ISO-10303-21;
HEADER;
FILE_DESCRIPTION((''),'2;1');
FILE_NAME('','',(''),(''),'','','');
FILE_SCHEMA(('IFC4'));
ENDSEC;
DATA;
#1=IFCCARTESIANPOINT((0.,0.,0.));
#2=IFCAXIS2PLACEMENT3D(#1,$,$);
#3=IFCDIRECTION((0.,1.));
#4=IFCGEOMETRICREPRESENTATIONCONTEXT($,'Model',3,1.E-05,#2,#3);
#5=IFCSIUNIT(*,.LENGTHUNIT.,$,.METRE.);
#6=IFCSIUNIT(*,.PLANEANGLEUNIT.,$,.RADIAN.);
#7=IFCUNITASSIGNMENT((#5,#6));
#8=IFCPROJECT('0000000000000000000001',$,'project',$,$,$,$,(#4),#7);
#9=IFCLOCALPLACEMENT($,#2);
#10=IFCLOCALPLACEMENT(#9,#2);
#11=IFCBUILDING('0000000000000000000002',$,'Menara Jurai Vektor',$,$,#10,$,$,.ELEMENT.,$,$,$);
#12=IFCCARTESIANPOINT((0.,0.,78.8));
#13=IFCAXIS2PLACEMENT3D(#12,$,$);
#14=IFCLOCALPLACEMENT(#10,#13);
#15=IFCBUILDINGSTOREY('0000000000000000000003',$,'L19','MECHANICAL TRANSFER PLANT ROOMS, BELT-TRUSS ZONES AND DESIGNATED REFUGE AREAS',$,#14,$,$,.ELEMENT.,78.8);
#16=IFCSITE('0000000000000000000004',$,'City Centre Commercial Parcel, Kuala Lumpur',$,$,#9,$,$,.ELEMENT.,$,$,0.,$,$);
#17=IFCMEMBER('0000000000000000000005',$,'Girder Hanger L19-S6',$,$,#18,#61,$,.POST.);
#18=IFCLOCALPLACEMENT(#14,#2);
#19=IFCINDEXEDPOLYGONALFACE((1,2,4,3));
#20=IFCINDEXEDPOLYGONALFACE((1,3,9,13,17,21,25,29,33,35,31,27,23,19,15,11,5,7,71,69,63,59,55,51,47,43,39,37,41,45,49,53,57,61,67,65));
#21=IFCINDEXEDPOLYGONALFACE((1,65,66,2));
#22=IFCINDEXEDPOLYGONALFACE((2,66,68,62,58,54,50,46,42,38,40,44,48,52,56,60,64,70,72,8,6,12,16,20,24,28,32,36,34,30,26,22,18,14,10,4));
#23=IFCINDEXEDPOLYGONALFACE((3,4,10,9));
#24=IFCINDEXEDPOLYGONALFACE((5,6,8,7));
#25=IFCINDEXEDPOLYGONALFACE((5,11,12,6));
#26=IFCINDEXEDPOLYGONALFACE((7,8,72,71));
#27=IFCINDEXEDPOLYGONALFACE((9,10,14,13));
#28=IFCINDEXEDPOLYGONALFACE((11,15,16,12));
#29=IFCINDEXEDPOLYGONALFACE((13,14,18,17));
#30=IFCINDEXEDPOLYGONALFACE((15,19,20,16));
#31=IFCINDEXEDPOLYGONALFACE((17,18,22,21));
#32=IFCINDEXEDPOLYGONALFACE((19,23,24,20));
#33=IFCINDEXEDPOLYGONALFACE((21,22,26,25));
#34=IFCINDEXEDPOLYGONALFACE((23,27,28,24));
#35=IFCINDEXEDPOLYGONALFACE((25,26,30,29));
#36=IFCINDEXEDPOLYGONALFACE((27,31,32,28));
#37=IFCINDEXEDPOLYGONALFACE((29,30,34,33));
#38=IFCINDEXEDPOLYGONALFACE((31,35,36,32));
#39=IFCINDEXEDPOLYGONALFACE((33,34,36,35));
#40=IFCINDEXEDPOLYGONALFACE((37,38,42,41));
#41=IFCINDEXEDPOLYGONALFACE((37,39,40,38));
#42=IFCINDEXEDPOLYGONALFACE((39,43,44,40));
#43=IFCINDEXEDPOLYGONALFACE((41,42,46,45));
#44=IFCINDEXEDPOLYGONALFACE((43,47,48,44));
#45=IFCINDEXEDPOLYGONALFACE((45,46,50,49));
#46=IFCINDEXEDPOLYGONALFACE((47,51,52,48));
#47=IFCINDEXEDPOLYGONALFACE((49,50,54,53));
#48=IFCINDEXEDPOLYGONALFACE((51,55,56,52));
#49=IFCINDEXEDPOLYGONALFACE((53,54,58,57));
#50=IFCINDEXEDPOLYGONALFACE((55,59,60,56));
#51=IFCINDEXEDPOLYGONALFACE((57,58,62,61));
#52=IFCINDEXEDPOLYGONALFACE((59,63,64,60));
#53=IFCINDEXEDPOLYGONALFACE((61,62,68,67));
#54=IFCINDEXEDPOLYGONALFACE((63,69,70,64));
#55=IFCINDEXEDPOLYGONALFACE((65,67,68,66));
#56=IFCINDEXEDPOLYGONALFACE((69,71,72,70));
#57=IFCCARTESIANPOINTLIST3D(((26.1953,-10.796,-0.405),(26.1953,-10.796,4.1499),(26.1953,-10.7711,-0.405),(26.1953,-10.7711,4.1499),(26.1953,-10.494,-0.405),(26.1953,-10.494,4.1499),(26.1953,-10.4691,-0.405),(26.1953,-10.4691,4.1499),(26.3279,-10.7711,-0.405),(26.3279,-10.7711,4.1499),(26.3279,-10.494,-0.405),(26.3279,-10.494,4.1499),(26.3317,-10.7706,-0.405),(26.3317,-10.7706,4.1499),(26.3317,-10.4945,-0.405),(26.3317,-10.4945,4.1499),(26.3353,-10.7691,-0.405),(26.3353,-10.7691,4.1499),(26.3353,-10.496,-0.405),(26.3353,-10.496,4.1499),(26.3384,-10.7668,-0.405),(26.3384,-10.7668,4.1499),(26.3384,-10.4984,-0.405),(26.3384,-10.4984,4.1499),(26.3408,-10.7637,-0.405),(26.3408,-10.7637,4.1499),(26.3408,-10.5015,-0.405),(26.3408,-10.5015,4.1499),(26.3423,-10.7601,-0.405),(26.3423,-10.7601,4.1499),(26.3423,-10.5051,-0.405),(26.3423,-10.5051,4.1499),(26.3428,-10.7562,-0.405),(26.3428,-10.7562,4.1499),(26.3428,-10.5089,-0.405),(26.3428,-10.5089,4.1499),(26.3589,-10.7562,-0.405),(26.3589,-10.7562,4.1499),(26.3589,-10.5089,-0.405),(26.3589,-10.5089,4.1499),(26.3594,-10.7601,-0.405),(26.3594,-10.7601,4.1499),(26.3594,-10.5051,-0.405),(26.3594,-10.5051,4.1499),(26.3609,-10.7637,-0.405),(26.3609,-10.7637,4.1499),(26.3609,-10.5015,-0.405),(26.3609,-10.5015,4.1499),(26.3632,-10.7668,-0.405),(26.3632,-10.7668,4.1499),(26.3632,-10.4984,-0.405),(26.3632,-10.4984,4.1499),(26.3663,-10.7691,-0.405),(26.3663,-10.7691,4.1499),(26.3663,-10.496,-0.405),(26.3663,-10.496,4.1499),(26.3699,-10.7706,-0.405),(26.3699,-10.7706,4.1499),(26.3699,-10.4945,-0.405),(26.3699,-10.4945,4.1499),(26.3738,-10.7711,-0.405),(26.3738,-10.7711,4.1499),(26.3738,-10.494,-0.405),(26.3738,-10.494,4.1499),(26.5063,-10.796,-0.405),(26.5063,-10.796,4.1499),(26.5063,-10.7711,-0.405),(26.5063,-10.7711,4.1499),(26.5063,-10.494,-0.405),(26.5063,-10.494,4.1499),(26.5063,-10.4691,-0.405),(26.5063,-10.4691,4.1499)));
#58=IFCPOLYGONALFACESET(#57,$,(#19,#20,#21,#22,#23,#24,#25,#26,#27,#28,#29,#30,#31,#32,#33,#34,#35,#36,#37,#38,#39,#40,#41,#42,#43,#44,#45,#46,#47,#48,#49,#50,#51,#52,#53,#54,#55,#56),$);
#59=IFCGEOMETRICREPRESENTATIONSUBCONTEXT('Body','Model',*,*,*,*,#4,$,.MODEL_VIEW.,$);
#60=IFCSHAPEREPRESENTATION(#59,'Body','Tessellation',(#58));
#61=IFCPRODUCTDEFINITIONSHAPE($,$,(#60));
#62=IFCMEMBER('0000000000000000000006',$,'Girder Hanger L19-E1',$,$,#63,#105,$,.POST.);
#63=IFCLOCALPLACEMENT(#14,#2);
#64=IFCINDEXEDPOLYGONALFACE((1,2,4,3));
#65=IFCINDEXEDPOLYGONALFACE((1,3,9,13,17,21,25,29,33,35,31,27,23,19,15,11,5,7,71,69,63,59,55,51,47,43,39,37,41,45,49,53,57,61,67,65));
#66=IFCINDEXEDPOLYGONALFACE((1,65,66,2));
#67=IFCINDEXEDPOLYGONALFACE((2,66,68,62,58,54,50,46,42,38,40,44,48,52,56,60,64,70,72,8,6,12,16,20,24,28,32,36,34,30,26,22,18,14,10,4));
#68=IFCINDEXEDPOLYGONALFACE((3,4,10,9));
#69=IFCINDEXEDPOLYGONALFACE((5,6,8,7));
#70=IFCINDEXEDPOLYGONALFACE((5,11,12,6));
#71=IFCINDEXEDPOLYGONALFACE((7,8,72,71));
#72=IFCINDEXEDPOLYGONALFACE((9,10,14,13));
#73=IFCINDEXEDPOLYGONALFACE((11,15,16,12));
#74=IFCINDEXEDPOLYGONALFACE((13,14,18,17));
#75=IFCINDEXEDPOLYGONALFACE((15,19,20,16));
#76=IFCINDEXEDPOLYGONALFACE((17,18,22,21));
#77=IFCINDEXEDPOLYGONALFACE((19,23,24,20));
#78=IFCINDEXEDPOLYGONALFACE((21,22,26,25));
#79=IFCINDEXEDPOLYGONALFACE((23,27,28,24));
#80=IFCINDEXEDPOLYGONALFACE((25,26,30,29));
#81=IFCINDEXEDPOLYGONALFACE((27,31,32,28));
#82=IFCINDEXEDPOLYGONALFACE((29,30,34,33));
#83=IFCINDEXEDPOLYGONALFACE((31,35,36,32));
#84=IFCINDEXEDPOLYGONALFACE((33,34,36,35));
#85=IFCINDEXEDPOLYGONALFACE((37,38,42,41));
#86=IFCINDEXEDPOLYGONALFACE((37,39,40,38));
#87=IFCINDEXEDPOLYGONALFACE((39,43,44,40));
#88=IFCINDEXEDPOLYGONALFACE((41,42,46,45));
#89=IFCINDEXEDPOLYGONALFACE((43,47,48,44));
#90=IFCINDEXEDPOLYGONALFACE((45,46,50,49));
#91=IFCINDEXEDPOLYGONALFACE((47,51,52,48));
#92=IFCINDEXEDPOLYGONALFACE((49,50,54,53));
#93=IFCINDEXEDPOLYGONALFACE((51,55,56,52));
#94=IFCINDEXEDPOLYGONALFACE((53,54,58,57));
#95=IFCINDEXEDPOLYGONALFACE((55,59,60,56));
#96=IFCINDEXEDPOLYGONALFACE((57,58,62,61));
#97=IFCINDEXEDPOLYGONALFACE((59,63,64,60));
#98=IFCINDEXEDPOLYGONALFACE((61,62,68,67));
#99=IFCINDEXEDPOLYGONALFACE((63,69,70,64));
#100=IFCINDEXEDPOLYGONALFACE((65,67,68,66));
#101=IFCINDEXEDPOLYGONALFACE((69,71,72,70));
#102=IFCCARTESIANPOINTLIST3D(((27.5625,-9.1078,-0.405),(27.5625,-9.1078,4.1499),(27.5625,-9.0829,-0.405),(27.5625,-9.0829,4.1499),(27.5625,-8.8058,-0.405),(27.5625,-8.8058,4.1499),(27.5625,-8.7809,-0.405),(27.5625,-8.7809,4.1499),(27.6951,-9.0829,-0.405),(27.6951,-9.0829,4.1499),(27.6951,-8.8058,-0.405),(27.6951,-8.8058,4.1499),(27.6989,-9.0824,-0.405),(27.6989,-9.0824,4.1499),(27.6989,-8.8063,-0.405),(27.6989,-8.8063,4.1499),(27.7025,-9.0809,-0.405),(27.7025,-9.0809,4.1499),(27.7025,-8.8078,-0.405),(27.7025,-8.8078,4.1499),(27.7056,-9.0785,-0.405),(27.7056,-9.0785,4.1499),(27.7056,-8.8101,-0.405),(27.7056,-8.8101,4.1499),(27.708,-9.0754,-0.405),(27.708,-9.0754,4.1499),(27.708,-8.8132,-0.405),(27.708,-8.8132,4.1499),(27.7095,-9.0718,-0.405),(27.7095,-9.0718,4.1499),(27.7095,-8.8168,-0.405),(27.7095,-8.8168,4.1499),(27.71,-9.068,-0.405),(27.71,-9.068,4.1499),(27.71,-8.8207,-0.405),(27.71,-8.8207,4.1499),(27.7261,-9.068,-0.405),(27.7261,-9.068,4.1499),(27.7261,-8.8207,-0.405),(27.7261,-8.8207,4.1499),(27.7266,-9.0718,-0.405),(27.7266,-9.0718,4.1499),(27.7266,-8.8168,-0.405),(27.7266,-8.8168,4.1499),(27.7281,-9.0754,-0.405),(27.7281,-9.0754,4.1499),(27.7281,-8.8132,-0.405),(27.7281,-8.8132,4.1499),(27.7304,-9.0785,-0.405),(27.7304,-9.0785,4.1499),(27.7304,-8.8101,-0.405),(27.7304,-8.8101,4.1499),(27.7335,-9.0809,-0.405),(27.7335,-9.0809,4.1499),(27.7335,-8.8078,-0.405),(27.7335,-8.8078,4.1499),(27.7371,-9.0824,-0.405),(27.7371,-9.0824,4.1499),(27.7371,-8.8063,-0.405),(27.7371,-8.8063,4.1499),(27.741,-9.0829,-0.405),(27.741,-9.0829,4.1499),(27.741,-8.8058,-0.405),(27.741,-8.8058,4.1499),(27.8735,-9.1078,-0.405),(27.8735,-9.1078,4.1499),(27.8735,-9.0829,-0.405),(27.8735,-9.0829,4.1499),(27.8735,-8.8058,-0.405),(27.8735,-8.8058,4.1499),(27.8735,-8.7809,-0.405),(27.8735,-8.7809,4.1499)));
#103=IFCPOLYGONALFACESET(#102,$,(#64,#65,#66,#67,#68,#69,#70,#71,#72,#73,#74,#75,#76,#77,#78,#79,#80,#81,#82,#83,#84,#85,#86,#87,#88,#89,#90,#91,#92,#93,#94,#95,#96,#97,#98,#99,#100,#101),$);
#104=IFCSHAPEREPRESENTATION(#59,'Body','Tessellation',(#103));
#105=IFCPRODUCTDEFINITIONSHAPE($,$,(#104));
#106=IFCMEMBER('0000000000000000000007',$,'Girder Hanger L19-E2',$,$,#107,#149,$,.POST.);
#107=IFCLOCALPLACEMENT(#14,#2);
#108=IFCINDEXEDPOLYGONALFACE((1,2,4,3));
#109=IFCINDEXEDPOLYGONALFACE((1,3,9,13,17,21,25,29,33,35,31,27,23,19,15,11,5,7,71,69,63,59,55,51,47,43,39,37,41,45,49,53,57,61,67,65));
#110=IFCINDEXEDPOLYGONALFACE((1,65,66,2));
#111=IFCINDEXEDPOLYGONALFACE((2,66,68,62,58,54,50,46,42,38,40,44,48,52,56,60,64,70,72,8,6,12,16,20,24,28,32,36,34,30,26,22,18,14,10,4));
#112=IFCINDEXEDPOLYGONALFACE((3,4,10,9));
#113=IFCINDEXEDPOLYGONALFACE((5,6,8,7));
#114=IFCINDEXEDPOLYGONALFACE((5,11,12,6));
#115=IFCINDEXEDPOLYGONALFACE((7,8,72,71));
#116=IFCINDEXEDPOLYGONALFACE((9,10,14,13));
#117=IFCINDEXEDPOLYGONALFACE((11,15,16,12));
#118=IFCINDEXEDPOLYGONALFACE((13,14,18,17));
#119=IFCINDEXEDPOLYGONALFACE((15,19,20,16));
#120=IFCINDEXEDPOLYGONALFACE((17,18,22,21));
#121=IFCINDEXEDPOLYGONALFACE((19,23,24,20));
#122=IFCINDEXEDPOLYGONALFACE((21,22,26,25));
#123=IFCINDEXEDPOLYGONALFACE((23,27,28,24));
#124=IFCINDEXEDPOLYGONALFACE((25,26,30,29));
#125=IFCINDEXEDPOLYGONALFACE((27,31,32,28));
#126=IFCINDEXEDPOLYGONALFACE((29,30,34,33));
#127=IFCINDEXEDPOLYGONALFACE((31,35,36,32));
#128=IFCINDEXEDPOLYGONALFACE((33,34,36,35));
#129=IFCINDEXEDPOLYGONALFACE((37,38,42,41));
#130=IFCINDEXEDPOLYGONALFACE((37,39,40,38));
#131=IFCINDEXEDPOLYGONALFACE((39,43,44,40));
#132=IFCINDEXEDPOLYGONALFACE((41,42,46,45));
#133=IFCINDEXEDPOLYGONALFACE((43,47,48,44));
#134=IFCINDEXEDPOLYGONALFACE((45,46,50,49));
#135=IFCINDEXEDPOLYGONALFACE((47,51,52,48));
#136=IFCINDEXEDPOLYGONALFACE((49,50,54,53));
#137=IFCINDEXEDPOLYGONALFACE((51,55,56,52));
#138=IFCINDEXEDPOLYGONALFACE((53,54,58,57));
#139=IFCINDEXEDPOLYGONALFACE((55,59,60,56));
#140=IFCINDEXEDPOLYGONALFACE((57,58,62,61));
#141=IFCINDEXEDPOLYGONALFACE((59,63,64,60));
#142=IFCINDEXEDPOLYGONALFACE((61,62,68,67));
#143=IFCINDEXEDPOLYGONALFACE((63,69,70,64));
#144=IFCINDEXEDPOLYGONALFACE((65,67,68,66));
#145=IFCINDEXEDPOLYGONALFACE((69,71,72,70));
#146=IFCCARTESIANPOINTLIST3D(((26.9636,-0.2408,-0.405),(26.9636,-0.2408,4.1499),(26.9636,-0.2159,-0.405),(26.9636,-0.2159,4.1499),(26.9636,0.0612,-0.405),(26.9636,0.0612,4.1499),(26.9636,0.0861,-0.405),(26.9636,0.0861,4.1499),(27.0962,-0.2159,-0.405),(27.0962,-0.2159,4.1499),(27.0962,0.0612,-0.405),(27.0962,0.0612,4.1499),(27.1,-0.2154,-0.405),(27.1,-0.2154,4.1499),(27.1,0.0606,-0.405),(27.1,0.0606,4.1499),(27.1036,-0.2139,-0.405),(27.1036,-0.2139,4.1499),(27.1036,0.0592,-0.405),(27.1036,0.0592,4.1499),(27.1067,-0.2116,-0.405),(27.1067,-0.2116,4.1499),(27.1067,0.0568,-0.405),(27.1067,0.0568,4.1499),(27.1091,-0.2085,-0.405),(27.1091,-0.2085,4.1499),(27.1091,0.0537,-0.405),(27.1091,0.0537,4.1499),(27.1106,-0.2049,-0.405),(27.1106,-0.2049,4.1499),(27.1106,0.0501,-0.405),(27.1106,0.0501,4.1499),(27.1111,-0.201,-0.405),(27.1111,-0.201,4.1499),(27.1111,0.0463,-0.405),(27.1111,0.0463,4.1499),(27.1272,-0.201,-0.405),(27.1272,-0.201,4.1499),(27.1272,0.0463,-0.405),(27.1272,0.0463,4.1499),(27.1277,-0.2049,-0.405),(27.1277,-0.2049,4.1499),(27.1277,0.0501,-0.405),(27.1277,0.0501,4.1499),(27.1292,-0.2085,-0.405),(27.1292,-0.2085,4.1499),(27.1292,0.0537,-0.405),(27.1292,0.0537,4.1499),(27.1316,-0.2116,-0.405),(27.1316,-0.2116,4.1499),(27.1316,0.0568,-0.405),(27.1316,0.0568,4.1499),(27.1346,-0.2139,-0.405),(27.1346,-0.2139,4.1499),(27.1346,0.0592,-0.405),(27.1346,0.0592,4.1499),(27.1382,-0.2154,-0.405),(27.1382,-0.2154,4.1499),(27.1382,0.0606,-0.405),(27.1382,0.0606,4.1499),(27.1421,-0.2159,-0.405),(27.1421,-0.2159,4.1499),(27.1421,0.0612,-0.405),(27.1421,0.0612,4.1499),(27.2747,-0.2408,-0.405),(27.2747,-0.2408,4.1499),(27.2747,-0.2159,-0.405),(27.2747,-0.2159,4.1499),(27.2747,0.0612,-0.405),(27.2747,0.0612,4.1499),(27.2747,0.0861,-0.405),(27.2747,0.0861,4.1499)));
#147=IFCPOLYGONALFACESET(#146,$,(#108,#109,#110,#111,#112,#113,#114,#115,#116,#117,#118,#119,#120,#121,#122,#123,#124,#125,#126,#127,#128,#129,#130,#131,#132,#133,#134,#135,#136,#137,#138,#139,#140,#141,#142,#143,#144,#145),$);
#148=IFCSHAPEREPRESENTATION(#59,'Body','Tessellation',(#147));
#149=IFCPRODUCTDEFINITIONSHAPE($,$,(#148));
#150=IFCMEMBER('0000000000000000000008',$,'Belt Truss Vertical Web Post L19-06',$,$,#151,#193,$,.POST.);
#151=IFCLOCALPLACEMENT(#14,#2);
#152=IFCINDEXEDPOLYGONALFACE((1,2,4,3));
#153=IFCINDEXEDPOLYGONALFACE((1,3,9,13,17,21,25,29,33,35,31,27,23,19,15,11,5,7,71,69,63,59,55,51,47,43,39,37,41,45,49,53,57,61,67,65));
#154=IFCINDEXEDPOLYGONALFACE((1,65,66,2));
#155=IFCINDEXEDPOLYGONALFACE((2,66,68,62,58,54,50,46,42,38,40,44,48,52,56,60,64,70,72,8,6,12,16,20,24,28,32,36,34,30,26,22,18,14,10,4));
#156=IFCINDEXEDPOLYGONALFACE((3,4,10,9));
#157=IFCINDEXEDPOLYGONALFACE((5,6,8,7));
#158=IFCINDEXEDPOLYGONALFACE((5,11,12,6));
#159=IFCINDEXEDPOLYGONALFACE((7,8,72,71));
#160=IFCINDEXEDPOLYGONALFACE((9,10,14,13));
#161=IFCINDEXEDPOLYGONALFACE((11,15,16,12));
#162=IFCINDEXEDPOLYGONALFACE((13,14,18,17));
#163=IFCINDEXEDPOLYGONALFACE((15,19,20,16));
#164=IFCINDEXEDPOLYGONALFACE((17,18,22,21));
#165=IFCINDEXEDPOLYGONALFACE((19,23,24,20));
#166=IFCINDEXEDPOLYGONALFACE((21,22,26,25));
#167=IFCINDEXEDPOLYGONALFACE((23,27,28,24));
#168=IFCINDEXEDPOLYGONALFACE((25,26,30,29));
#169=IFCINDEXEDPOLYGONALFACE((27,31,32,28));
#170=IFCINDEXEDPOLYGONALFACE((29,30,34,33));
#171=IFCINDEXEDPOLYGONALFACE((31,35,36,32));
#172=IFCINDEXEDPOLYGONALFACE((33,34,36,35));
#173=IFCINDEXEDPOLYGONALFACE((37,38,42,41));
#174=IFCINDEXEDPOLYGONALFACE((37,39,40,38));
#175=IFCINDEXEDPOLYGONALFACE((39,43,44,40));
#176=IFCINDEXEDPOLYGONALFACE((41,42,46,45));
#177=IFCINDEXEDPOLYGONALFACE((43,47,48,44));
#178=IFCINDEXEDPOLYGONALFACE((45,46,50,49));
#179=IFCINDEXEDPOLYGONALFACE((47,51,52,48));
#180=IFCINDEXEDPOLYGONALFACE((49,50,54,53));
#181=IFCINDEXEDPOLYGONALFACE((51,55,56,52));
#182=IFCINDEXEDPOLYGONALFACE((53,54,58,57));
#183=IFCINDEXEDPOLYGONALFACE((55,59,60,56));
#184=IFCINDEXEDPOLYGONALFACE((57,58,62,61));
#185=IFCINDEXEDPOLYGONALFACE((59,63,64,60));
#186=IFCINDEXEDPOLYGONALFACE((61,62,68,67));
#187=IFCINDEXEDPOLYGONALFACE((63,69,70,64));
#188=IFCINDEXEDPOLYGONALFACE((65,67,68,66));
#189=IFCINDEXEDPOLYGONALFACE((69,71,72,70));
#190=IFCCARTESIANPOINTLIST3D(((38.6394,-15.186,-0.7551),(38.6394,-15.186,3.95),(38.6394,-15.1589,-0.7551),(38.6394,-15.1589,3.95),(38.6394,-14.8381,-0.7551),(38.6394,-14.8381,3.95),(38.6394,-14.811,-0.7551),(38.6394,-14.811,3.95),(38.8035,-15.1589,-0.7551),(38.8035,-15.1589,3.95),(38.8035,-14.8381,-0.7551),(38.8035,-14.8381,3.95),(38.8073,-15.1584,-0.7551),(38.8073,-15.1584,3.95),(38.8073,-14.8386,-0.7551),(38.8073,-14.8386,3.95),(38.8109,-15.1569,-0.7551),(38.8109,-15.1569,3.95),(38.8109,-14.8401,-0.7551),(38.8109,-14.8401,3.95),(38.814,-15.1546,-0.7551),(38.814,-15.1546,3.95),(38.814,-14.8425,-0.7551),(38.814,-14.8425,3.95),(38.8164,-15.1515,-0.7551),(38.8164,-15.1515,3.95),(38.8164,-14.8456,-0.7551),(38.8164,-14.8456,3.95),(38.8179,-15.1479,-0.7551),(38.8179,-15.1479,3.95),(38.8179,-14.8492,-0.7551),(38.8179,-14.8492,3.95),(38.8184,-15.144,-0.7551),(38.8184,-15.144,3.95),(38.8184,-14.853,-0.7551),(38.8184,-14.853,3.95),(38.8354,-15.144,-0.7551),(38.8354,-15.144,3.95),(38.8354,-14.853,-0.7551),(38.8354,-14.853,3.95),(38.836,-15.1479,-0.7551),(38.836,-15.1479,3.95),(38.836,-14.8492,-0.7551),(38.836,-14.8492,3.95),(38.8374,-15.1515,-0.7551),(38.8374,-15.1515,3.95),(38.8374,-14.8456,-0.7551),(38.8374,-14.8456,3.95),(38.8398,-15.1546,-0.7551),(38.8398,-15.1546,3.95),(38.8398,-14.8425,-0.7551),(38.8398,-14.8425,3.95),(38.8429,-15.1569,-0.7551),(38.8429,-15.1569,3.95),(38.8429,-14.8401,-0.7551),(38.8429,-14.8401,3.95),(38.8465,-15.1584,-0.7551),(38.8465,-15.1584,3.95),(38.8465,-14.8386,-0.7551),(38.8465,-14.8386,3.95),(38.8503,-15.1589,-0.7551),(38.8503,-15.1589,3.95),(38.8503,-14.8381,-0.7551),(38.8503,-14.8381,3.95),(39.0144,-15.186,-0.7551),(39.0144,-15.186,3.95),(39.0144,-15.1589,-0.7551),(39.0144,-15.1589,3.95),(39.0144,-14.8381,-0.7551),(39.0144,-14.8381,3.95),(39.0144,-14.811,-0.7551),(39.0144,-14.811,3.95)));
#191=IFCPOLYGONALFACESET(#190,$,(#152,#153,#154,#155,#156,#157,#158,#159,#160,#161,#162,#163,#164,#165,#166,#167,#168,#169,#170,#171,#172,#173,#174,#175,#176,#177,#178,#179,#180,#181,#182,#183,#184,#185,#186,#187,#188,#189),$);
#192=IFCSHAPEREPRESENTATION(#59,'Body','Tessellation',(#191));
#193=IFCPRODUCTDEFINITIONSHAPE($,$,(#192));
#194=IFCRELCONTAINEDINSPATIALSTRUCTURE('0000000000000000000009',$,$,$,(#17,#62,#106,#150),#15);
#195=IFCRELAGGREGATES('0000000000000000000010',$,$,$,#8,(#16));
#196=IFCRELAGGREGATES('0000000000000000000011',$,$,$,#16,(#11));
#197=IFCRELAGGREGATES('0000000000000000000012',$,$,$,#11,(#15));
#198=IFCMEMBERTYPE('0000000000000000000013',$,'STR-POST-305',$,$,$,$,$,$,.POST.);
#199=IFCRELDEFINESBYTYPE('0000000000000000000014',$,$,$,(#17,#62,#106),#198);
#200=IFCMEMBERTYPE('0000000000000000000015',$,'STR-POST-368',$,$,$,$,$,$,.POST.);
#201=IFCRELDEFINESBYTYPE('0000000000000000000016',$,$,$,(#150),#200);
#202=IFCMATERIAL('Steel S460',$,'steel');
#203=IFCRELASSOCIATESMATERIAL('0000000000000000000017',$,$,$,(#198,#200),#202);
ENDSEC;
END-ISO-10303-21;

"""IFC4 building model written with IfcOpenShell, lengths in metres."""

from ifc_helpers import new_model, si_unit, direction, frame, origin, origin_2d, place, context, subcontext, project, spatial, i_section, extrude, material, material_profile, profile_set, type_object, element, save


model = new_model("IFC4")

# Units and contexts
model_context = context("Model", 3, precision=1e-05, world=origin(), true_north=direction((0.0, 1.0)))
body_context = subcontext(model_context, "Body", "Model", "MODEL_VIEW")
ifc_project = project(units=[si_unit("LENGTHUNIT", "METRE"), si_unit("PLANEANGLEUNIT", "RADIAN")], contexts=[model_context])

# Site, building, storey
site_placement = place(None, origin())
site = spatial("IfcSite", under=ifc_project, at=site_placement, Name="City Centre Commercial Parcel, Kuala Lumpur", CompositionType="ELEMENT", RefElevation=0.0)
building_placement = place(site_placement, origin())
building = spatial("IfcBuilding", under=site, at=building_placement, Name="Menara Jurai Vektor", CompositionType="ELEMENT")
storey_placement = place(building_placement, frame((0.0, 0.0, 78.8)))
storey = spatial("IfcBuildingStorey", under=building, at=storey_placement, Name="L19", Description="MECHANICAL TRANSFER PLANT ROOMS, BELT-TRUSS ZONES AND DESIGNATED REFUGE AREAS", CompositionType="ELEMENT", Elevation=78.8)

# Shared definitions
ifc_material_1 = material(Name="Steel S460", Category="steel")

# Members
ifc_material_profile_1 = material_profile(ifc_material_1, i_section(OverallWidth=0.311, OverallDepth=0.3269, WebThickness=0.0161, FlangeThickness=0.0249, FilletRadius=0.0149, at=origin_2d()), Name="UKC 305x305x158")
ifc_profile_set_1 = profile_set([ifc_material_profile_1], Name="Steel S460")
member_type_1 = type_object("IfcMemberType", Name="STR-POST-305", PredefinedType="POST", material=ifc_profile_set_1)
for number, where, z_axis, x_axis, name in (
    (1, (26.3508, -10.6326, -0.405), (0.0, 0.0, 1.0), (1.0, 0.0, 0.0), "Girder Hanger L19-S6"),
    (2, (27.718, -8.9443, -0.405), (0.0, 0.0, 1.0), (1.0, 0.0, 0.0), "Girder Hanger L19-E1"),
    (3, (27.1191, -0.0774, -0.405), (0.0, 0.0, 1.0), (1.0, 0.0, 0.0), "Girder Hanger L19-E2"),
):
    element("IfcMember", number, at=place(storey_placement, frame(where, z_axis=z_axis, x_axis=x_axis)), inside=storey, type_object=member_type_1, Name=name, PredefinedType="POST", context=body_context, shape_type="SweptSolid", body=[
        extrude(i_section(OverallWidth=0.311, OverallDepth=0.3269, WebThickness=0.0161, FlangeThickness=0.0249, FilletRadius=0.0149, at=origin_2d()), origin(), (0.0, 0.0, 1.0), 4.5549),
    ])
ifc_material_profile_2 = material_profile(ifc_material_1, i_section(OverallWidth=0.375, OverallDepth=0.375, WebThickness=0.0171, FlangeThickness=0.0271, FilletRadius=0.0149, at=origin_2d()), Name="UKC 356x368x202")
ifc_profile_set_2 = profile_set([ifc_material_profile_2], Name="Steel S460")
member_type_2 = type_object("IfcMemberType", Name="STR-POST-368", PredefinedType="POST", material=ifc_profile_set_2)
for number, where, z_axis, x_axis, name in (
    (4, (38.8269, -14.9985, -0.7551), (0.0, 0.0, 1.0), (1.0, 0.0, 0.0), "Belt Truss Vertical Web Post L19-06"),
):
    element("IfcMember", number, at=place(storey_placement, frame(where, z_axis=z_axis, x_axis=x_axis)), inside=storey, type_object=member_type_2, Name=name, PredefinedType="POST", context=body_context, shape_type="SweptSolid", body=[
        extrude(i_section(OverallWidth=0.375, OverallDepth=0.375, WebThickness=0.0171, FlangeThickness=0.0271, FilletRadius=0.0149, at=origin_2d()), origin(), (0.0, 0.0, 1.0), 4.7051),
    ])

save(model, "model.ifc")
